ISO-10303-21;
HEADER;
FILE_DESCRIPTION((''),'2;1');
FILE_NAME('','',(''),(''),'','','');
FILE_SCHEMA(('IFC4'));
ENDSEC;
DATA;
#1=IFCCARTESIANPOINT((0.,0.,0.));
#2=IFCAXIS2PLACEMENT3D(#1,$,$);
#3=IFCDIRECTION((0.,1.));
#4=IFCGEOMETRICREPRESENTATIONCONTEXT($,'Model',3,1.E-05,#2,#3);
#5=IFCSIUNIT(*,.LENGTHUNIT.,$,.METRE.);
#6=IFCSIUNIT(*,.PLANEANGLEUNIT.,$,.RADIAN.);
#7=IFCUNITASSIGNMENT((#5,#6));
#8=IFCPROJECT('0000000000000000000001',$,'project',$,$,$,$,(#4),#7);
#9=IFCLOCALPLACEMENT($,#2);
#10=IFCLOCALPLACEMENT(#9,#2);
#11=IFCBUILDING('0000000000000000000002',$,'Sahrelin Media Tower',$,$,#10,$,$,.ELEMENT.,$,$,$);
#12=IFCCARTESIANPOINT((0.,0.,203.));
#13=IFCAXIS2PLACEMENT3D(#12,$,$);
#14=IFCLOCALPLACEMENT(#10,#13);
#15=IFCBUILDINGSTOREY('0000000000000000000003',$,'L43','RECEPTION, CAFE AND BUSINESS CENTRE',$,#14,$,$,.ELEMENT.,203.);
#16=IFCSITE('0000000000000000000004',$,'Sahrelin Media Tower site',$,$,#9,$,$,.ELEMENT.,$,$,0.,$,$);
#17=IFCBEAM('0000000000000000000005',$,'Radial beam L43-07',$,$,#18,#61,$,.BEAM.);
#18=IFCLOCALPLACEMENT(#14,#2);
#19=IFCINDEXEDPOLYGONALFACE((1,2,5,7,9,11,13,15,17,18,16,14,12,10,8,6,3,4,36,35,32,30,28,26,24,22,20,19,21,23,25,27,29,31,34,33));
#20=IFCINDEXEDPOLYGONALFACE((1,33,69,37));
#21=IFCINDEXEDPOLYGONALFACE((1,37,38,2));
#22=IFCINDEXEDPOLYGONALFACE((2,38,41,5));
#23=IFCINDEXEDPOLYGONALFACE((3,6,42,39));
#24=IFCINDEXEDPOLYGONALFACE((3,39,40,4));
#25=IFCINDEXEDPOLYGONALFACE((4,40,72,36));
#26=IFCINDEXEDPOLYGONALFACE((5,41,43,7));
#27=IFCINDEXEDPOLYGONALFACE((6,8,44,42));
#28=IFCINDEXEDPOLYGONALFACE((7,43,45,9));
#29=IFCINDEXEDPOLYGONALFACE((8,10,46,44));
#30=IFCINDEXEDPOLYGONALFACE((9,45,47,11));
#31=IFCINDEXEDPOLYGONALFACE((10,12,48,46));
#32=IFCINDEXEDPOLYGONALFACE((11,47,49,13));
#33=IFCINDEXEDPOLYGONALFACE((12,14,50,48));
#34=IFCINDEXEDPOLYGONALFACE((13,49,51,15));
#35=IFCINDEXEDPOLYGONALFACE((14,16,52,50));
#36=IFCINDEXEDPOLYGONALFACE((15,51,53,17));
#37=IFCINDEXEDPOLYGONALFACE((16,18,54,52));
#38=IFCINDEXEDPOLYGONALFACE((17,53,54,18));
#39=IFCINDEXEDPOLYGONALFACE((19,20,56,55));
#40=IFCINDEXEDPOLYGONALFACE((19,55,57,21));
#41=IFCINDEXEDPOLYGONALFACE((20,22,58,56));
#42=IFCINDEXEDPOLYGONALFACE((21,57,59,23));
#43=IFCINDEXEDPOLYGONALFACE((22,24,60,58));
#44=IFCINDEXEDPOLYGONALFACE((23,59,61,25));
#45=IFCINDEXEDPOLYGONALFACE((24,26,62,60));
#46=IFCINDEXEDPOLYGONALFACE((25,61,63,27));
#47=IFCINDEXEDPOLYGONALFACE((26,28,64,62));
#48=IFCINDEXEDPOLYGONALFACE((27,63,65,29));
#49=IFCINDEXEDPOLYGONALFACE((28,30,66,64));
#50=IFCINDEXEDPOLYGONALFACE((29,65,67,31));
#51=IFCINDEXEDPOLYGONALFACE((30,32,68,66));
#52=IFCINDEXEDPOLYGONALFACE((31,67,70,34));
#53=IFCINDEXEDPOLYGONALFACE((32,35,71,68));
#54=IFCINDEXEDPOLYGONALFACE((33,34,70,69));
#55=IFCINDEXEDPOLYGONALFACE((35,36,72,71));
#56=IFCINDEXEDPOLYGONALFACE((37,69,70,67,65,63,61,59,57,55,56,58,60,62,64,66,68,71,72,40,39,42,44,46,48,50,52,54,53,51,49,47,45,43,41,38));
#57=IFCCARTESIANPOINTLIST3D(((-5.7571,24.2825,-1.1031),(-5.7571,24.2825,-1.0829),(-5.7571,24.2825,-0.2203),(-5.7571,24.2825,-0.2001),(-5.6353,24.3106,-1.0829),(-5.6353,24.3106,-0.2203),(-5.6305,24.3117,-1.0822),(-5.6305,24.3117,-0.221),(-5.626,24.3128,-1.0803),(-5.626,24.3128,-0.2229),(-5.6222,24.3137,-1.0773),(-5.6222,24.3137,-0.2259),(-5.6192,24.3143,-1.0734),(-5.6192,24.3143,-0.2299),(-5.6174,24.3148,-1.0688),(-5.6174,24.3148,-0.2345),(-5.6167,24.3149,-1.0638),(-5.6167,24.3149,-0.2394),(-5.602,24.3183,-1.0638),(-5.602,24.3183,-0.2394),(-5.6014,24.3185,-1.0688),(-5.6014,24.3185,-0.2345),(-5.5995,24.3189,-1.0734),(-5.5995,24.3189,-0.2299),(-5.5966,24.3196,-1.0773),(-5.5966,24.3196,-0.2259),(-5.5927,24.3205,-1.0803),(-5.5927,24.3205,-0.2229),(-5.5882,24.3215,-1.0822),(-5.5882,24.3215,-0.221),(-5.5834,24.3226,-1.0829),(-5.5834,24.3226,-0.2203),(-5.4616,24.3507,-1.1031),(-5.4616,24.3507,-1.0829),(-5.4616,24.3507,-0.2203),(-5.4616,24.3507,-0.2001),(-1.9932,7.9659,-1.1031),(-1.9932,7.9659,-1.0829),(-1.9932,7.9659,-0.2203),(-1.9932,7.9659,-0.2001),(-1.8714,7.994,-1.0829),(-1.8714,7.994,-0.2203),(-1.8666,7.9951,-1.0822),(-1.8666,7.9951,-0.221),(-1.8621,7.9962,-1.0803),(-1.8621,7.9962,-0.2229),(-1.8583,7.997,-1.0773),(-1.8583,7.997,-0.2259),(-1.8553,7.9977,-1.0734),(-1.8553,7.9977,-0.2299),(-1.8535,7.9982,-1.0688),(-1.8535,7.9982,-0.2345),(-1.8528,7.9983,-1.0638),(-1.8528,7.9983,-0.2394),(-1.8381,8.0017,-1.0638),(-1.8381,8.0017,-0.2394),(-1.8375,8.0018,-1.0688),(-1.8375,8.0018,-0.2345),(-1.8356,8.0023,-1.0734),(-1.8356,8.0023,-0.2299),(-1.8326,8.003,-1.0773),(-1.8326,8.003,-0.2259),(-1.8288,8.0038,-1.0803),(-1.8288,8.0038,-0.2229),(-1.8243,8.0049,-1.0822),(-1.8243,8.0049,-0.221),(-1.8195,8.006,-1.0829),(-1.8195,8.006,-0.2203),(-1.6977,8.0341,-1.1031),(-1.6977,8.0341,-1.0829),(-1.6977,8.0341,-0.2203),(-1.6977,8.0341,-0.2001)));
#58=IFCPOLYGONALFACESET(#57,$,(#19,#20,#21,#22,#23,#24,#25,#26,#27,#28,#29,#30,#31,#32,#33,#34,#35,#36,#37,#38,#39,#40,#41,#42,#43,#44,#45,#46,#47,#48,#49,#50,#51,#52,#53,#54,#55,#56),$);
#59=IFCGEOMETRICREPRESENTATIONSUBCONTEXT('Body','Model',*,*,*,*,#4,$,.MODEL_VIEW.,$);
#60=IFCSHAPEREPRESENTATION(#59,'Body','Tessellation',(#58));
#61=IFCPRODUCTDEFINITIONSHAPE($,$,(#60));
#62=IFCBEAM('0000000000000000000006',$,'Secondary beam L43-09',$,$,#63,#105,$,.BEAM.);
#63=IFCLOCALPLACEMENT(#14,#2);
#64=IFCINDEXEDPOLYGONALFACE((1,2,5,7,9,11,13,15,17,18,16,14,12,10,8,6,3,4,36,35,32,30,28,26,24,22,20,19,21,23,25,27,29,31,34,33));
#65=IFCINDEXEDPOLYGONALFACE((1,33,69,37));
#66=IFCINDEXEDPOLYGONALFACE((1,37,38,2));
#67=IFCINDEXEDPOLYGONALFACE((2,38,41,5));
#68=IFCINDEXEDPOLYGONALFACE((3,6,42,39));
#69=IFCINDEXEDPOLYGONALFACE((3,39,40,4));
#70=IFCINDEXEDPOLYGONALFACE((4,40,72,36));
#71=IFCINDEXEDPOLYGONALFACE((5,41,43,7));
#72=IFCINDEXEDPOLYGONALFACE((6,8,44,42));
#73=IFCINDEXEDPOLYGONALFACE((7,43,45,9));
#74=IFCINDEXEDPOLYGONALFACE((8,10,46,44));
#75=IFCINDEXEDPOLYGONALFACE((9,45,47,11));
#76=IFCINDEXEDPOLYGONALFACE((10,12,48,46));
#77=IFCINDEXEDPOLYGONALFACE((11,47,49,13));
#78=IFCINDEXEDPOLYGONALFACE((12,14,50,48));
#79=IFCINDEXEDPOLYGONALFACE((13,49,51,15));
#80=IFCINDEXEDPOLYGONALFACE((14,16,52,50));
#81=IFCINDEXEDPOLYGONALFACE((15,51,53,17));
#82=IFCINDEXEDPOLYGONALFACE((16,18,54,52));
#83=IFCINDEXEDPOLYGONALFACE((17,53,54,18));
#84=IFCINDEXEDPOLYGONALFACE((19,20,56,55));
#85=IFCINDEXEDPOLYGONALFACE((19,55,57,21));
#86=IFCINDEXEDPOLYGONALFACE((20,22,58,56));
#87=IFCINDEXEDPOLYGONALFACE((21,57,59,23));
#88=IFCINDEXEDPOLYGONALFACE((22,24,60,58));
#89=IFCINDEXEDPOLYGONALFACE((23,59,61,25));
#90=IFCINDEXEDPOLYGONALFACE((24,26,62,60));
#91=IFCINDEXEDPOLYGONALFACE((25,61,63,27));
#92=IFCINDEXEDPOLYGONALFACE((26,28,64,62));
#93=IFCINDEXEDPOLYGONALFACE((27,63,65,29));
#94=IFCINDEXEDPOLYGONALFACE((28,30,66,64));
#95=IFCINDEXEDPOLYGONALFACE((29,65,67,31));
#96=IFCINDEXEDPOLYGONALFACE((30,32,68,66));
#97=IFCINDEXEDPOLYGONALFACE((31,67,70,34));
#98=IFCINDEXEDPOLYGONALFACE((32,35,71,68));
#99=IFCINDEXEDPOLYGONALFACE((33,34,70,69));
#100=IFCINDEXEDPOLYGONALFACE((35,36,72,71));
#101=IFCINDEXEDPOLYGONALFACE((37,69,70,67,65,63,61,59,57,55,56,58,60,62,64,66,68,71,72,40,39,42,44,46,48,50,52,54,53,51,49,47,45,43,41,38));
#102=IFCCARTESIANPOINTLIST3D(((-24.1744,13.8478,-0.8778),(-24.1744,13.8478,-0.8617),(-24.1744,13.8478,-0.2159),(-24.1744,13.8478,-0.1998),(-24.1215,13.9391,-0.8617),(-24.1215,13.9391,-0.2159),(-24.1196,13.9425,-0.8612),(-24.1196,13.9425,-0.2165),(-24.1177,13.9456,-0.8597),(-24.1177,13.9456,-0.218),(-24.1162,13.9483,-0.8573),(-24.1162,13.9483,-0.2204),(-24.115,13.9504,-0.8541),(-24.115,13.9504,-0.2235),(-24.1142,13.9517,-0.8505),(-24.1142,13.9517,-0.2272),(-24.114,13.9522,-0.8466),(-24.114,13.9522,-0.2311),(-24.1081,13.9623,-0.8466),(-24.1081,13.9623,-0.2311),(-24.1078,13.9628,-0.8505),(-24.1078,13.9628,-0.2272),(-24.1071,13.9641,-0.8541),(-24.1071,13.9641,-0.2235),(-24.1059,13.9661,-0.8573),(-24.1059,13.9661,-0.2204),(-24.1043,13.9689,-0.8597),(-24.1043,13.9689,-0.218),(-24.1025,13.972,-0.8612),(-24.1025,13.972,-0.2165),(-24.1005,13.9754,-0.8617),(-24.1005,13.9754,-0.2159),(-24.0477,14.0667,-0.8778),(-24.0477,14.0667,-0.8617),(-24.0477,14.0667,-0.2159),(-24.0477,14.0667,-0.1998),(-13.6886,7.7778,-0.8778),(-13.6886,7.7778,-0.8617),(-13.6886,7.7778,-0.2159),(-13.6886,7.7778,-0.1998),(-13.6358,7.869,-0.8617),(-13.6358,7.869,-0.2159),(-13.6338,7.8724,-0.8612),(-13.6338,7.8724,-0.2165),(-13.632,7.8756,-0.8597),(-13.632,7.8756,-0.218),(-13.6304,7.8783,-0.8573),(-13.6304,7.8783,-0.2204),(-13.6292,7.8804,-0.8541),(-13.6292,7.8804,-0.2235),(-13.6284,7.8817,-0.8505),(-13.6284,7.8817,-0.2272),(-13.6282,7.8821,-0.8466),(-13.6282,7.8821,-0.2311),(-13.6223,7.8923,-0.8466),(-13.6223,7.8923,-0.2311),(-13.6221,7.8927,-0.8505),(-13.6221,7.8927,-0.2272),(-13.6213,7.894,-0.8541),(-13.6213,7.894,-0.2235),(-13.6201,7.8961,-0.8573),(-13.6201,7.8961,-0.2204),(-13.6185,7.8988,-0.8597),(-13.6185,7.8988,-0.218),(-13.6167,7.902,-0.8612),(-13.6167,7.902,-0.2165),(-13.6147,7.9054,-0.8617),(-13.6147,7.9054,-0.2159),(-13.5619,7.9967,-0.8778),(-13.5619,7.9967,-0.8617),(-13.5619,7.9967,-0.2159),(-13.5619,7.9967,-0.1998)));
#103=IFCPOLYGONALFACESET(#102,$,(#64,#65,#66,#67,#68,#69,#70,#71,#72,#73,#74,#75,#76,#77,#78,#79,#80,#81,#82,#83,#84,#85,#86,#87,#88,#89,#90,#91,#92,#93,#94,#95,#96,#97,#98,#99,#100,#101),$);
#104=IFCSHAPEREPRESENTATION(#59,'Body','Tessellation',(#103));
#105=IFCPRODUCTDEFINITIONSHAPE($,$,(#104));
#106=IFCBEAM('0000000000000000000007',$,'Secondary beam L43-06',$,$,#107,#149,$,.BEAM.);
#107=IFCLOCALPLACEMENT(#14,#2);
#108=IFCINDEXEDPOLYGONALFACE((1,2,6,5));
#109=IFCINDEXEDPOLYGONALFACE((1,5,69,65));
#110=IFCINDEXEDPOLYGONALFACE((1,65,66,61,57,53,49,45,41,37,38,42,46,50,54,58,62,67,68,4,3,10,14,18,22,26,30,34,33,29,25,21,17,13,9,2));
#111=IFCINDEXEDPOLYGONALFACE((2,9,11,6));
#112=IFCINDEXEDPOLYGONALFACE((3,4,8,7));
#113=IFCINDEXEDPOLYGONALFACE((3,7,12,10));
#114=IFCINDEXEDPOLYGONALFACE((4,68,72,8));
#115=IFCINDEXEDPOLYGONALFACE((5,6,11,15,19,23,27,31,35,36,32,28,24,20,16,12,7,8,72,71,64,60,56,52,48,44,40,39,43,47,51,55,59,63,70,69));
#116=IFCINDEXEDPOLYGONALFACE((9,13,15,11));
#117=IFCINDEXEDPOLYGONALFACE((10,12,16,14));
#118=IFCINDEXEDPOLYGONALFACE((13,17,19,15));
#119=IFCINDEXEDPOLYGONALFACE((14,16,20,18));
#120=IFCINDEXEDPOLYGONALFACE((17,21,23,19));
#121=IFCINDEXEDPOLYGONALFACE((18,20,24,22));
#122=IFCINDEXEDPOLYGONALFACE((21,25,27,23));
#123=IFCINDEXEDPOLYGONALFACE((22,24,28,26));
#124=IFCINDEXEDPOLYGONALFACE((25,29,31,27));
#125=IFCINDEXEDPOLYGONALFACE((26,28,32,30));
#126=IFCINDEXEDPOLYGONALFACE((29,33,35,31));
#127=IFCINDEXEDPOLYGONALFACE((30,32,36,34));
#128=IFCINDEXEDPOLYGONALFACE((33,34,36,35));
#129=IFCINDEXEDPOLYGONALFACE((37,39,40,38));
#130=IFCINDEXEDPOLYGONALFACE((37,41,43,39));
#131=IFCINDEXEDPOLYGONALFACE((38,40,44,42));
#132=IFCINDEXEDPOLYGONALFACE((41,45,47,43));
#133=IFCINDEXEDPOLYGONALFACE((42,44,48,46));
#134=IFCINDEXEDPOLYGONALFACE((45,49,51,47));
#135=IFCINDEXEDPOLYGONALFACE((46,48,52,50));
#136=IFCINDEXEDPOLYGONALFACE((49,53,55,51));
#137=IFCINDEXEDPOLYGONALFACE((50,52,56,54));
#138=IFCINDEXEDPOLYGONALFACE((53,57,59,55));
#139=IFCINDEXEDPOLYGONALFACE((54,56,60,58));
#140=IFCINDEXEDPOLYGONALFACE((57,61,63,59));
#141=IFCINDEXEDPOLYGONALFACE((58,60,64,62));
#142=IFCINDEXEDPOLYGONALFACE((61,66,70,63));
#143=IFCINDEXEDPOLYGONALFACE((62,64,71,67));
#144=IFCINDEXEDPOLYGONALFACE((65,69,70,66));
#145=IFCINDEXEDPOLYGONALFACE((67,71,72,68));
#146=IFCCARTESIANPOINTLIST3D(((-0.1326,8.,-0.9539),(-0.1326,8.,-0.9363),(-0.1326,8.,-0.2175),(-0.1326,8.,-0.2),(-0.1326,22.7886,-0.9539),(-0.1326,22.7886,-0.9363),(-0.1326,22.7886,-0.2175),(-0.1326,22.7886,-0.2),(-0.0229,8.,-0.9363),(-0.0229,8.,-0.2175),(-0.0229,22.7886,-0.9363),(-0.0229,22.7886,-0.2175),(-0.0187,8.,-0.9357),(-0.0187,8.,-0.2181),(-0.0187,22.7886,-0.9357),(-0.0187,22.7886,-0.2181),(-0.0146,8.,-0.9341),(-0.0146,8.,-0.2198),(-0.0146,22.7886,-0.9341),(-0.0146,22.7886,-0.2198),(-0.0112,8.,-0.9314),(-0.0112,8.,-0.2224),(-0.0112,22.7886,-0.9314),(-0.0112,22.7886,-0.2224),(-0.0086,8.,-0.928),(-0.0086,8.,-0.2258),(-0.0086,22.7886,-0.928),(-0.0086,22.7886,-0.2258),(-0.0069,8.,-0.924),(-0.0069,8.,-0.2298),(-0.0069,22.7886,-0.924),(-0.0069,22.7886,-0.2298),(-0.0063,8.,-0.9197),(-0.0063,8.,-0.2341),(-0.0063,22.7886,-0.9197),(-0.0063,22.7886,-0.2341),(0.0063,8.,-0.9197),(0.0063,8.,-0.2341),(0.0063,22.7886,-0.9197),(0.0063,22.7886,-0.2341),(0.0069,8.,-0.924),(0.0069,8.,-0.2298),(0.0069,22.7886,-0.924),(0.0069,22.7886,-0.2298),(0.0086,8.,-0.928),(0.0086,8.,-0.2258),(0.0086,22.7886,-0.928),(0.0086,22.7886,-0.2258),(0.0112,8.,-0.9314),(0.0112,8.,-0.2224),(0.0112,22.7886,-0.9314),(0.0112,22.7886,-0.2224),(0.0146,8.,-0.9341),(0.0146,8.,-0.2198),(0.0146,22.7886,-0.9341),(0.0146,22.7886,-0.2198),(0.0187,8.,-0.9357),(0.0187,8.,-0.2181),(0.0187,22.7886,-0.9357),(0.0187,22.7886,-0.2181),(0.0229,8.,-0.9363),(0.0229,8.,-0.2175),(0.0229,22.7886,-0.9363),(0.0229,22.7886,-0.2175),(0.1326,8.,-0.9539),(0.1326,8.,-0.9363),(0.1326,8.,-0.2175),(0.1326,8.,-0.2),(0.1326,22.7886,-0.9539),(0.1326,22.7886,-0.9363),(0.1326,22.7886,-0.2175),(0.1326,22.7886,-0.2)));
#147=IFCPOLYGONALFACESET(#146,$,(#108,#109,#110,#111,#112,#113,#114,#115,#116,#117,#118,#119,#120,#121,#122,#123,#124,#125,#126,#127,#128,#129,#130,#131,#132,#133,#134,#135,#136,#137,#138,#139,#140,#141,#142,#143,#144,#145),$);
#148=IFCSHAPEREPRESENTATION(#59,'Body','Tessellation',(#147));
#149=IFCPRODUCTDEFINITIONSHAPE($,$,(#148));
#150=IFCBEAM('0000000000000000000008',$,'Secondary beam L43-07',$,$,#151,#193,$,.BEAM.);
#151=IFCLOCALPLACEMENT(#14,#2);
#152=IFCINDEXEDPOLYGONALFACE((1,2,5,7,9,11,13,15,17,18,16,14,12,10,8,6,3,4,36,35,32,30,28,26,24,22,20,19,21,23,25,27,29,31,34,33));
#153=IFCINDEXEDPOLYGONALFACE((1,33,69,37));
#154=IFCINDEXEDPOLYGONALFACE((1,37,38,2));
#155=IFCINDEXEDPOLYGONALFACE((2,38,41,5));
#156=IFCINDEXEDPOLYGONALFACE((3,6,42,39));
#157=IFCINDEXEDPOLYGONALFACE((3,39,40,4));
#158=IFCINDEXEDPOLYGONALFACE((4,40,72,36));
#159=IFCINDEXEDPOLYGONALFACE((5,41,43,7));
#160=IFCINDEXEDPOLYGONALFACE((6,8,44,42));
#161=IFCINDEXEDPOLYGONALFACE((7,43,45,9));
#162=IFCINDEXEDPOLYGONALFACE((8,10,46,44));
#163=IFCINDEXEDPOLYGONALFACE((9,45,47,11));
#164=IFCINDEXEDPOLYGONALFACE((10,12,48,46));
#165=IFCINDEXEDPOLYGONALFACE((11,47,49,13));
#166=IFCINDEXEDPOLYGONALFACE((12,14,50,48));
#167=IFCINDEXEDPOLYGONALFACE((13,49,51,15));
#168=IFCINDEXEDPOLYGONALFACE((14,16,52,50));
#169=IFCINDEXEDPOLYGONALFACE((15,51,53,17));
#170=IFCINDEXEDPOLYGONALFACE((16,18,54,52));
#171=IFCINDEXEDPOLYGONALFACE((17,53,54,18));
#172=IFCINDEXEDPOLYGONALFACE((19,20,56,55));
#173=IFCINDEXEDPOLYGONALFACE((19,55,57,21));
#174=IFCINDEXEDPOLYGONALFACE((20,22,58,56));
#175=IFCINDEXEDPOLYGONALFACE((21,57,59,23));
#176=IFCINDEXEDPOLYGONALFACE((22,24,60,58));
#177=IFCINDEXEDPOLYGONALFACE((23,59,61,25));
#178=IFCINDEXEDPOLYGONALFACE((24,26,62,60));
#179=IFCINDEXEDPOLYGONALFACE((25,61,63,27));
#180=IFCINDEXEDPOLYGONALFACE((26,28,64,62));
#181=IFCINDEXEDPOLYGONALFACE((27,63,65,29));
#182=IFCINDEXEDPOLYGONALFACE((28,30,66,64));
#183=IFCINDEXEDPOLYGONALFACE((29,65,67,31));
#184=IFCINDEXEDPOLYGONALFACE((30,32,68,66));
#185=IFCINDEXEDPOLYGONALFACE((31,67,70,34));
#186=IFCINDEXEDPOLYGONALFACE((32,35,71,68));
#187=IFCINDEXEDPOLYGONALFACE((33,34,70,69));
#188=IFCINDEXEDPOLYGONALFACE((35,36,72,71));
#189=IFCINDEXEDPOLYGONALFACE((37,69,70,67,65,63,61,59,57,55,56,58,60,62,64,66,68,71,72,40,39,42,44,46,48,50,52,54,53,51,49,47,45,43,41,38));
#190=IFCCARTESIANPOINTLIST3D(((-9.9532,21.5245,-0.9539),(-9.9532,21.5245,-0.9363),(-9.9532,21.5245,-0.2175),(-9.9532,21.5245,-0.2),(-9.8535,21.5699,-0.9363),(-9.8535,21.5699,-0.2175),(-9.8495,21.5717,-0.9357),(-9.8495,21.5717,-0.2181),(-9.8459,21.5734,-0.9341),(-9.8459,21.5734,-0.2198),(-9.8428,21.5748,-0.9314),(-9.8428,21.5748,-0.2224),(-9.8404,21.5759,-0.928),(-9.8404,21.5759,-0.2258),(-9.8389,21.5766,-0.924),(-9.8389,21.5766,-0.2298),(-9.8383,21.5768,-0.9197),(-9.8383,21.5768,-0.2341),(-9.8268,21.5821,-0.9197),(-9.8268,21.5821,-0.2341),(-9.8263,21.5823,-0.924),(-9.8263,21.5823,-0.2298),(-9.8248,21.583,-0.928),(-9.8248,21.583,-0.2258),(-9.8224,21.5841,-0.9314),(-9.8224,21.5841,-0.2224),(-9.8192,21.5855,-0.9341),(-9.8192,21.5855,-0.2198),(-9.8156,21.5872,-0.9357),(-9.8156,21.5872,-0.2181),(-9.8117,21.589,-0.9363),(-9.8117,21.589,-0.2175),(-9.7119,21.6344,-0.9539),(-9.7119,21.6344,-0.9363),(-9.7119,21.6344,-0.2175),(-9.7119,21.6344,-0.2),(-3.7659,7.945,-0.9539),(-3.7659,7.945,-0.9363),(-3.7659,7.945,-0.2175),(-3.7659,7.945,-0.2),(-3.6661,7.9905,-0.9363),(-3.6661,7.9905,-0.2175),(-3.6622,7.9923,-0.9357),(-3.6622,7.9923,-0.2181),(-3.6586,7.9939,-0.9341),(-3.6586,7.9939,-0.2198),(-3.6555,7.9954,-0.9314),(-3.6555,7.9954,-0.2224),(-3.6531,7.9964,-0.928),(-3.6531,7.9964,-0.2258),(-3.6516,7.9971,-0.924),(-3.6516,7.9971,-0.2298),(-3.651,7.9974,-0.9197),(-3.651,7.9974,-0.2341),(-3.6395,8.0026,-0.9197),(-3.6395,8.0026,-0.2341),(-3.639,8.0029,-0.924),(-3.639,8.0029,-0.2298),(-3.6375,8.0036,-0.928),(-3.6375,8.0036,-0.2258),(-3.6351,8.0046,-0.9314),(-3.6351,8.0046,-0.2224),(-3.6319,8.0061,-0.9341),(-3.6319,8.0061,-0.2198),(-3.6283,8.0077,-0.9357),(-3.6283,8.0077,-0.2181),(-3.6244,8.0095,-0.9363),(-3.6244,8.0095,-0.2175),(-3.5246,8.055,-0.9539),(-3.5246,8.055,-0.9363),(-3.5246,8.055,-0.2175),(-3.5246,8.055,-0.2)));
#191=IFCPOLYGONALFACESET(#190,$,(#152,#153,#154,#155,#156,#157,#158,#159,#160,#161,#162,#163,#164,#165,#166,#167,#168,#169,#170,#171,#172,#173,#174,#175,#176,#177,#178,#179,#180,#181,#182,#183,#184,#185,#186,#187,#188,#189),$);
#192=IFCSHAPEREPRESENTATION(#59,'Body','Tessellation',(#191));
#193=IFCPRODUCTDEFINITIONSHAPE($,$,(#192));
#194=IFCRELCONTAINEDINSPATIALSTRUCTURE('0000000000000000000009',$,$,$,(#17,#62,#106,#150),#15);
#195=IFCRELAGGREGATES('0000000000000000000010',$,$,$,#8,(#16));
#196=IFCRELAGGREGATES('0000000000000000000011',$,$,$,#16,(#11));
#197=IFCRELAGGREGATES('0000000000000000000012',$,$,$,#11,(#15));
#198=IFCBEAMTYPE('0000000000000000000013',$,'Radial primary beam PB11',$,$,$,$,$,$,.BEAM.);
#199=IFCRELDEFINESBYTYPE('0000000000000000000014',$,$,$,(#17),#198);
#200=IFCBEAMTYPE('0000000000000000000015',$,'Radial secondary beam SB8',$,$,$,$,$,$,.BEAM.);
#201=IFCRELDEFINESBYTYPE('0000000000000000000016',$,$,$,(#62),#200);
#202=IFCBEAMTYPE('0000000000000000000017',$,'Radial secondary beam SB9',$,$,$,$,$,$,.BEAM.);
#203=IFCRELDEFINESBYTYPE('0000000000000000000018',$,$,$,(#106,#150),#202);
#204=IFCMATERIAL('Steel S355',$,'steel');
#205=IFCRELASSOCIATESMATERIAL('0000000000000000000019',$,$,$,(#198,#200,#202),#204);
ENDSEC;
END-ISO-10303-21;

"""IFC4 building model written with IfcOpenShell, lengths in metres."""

from ifc_helpers import new_model, si_unit, direction, frame, origin, origin_2d, place, context, subcontext, project, spatial, i_section, extrude, material, material_profile, profile_set, type_object, element, save


model = new_model("IFC4")

# Units and contexts
model_context = context("Model", 3, precision=1e-05, world=origin(), true_north=direction((0.0, 1.0)))
body_context = subcontext(model_context, "Body", "Model", "MODEL_VIEW")
ifc_project = project(units=[si_unit("LENGTHUNIT", "METRE"), si_unit("PLANEANGLEUNIT", "RADIAN")], contexts=[model_context])

# Site, building, storey
site_placement = place(None, origin())
site = spatial("IfcSite", under=ifc_project, at=site_placement, Name="Sahrelin Media Tower site", CompositionType="ELEMENT", RefElevation=0.0)
building_placement = place(site_placement, origin())
building = spatial("IfcBuilding", under=site, at=building_placement, Name="Sahrelin Media Tower", CompositionType="ELEMENT")
storey_placement = place(building_placement, frame((0.0, 0.0, 203.0)))
storey = spatial("IfcBuildingStorey", under=building, at=storey_placement, Name="L43", Description="RECEPTION, CAFE AND BUSINESS CENTRE", CompositionType="ELEMENT", Elevation=203.0)

# Shared definitions
ifc_material_1 = material(Name="Steel S355", Category="steel")

# Beams
ifc_material_profile_1 = material_profile(ifc_material_1, i_section(OverallWidth=0.3032, OverallDepth=0.9031, WebThickness=0.0151, FlangeThickness=0.0203, FilletRadius=0.019, at=origin_2d()), Name="UB 914x305x201")
ifc_profile_set_1 = profile_set([ifc_material_profile_1], Name="Steel S355")
beam_type_1 = type_object("IfcBeamType", Name="Radial primary beam PB11", PredefinedType="BEAM", material=ifc_profile_set_1)
beam_1_placement = place(storey_placement, frame((-1.8455, 8.0, -0.6516), z_axis=(-0.224776, 0.97441, 0.0), x_axis=(-0.97441, -0.224776, 0.0)))
element("IfcBeam", 1, at=beam_1_placement, inside=storey, type_object=beam_type_1, Name="Radial beam L43-07", PredefinedType="BEAM", context=body_context, shape_type="SweptSolid", body=[
    extrude(i_section(OverallWidth=0.3032, OverallDepth=0.9031, WebThickness=0.0151, FlangeThickness=0.0203, FilletRadius=0.019, at=origin_2d()), origin(), (0.0, 0.0, 1.0), 16.7451),
])
ifc_material_profile_2 = material_profile(ifc_material_1, i_section(OverallWidth=0.2529, OverallDepth=0.678, WebThickness=0.0117, FlangeThickness=0.0161, FilletRadius=0.0151, at=origin_2d()), Name="UB 686x254x125")
ifc_profile_set_2 = profile_set([ifc_material_profile_2], Name="Steel S355")
beam_type_2 = type_object("IfcBeamType", Name="Radial secondary beam SB8", PredefinedType="BEAM", material=ifc_profile_set_2)
beam_2_placement = place(storey_placement, frame((-13.6252, 7.8872, -0.5388), z_axis=(-0.865451, 0.500994, 0.0), x_axis=(-0.500994, -0.865451, 0.0)))
element("IfcBeam", 2, at=beam_2_placement, inside=storey, type_object=beam_type_2, Name="Secondary beam L43-09", PredefinedType="BEAM", context=body_context, shape_type="SweptSolid", body=[
    extrude(i_section(OverallWidth=0.2529, OverallDepth=0.678, WebThickness=0.0117, FlangeThickness=0.0161, FilletRadius=0.0151, at=origin_2d()), origin(), (0.0, 0.0, 1.0), 12.116),
])
ifc_material_profile_3 = material_profile(ifc_material_1, i_section(OverallWidth=0.2651, OverallDepth=0.7539, WebThickness=0.0127, FlangeThickness=0.0176, FilletRadius=0.0166, at=origin_2d()), Name="UB 762x267x147")
ifc_profile_set_3 = profile_set([ifc_material_profile_3], Name="Steel S355")
beam_type_3 = type_object("IfcBeamType", Name="Radial secondary beam SB9", PredefinedType="BEAM", material=ifc_profile_set_3)
beam_3_placement = place(storey_placement, frame((0.0, 8.0, -0.5769), z_axis=(0.0, 1.0, 0.0), x_axis=(-1.0, 0.0, 0.0)))
element("IfcBeam", 3, at=beam_3_placement, inside=storey, type_object=beam_type_3, Name="Secondary beam L43-06", PredefinedType="BEAM", context=body_context, shape_type="SweptSolid", body=[
    extrude(i_section(OverallWidth=0.2651, OverallDepth=0.7539, WebThickness=0.0127, FlangeThickness=0.0176, FilletRadius=0.0166, at=origin_2d()), origin(), (0.0, 0.0, 1.0), 14.7886),
])
beam_4_placement = place(storey_placement, frame((-3.6453, 8.0, -0.5769), z_axis=(-0.414626, 0.909992, 0.0), x_axis=(-0.909992, -0.414626, 0.0)))
element("IfcBeam", 4, at=beam_4_placement, inside=storey, type_object=beam_type_3, Name="Secondary beam L43-07", PredefinedType="BEAM", context=body_context, shape_type="SweptSolid", body=[
    extrude(i_section(OverallWidth=0.2651, OverallDepth=0.7539, WebThickness=0.0127, FlangeThickness=0.0176, FilletRadius=0.0166, at=origin_2d()), origin(), (0.0, 0.0, 1.0), 14.9226),
])

save(model, "model.ifc")
